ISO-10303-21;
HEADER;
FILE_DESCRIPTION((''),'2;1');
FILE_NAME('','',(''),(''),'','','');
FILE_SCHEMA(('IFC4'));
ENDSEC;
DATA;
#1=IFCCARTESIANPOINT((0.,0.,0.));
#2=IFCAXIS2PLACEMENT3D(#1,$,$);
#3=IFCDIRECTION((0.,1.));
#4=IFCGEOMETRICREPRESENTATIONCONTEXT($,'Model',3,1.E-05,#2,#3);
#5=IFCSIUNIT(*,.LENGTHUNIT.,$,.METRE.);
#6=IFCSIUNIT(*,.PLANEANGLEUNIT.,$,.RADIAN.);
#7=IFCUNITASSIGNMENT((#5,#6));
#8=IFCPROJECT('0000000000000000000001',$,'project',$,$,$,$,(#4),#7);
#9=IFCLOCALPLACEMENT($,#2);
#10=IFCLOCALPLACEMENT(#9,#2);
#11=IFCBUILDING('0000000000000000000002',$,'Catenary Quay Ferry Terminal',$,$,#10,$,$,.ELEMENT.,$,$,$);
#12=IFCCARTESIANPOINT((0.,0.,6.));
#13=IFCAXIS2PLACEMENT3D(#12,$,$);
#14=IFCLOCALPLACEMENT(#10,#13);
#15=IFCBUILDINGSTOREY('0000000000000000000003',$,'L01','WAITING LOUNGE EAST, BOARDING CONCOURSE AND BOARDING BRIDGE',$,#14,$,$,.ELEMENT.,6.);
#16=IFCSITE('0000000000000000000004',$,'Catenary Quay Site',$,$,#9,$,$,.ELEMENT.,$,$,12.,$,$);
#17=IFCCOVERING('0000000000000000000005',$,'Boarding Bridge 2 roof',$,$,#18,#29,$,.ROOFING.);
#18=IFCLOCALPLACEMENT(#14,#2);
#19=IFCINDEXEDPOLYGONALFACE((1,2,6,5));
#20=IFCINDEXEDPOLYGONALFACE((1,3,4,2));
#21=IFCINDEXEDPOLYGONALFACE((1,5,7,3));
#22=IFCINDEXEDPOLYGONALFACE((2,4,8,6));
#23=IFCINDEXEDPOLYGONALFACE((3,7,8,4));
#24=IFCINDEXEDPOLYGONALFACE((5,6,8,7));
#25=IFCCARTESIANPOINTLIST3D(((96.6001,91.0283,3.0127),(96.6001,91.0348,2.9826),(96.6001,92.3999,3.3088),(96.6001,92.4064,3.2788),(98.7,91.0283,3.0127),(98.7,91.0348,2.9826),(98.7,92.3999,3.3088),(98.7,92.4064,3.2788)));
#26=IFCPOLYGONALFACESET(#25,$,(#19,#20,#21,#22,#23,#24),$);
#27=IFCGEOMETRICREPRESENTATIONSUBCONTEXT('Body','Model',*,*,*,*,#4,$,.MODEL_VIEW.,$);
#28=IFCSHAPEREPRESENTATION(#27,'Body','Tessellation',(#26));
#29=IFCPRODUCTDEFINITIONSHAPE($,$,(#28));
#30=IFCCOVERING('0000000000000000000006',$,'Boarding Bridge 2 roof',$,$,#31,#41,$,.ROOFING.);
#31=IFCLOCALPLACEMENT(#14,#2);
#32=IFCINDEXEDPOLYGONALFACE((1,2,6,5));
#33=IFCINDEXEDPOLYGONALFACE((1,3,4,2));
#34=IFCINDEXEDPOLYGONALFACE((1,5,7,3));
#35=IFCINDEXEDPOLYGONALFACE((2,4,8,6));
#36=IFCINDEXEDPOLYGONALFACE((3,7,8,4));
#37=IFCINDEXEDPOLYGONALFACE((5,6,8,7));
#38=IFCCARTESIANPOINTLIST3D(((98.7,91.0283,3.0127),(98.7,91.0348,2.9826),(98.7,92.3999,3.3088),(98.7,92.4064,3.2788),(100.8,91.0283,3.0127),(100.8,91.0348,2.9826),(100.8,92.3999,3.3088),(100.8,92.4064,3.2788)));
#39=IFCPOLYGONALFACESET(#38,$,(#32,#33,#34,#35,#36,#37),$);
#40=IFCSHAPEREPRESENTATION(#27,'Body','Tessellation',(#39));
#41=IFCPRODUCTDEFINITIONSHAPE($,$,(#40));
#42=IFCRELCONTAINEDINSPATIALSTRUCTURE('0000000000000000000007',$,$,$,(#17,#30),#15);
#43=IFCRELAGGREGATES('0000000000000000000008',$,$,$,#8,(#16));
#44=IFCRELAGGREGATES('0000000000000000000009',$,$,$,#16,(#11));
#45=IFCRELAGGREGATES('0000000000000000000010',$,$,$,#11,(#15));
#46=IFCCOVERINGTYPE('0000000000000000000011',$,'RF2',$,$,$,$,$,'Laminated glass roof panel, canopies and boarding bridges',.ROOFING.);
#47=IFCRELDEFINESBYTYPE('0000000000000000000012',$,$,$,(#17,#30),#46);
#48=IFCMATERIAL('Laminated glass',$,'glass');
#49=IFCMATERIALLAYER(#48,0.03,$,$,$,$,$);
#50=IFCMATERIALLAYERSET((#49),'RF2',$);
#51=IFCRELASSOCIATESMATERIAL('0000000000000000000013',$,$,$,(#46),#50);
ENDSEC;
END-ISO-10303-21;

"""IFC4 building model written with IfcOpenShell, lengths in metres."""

from ifc_helpers import new_model, si_unit, direction, frame, origin, place, context, subcontext, project, spatial, polyline, outline, extrude, material, layer, layer_set, type_object, element, save


model = new_model("IFC4")

# Units and contexts
model_context = context("Model", 3, precision=1e-05, world=origin(), true_north=direction((0.0, 1.0)))
body_context = subcontext(model_context, "Body", "Model", "MODEL_VIEW")
ifc_project = project(units=[si_unit("LENGTHUNIT", "METRE"), si_unit("PLANEANGLEUNIT", "RADIAN")], contexts=[model_context])

# Site, building, storey
site_placement = place(None, origin())
site = spatial("IfcSite", under=ifc_project, at=site_placement, Name="Catenary Quay Site", CompositionType="ELEMENT", RefElevation=12.0)
building_placement = place(site_placement, origin())
building = spatial("IfcBuilding", under=site, at=building_placement, Name="Catenary Quay Ferry Terminal", CompositionType="ELEMENT")
storey_placement = place(building_placement, frame((0.0, 0.0, 6.0)))
storey = spatial("IfcBuildingStorey", under=building, at=storey_placement, Name="L01", Description="WAITING LOUNGE EAST, BOARDING CONCOURSE AND BOARDING BRIDGE", CompositionType="ELEMENT", Elevation=6.0)

# Coverings
ifc_material_1 = material(Name="Laminated glass", Category="glass")
ifc_layer_1 = layer(ifc_material_1, 0.03)
ifc_layer_set_1 = layer_set([ifc_layer_1], Name="RF2")
covering_type = type_object("IfcCoveringType", Name="RF2", ElementType="Laminated glass roof panel, canopies and boarding bridges", PredefinedType="ROOFING", material=ifc_layer_set_1)
covering_1_placement = place(storey_placement, frame((96.6001, 91.0283, 3.0127), z_axis=(0.0, -0.21105, 0.977475), x_axis=(1.0, 0.0, 0.0)))
element("IfcCovering", 1, at=covering_1_placement, inside=storey, type_object=covering_type, Name="Boarding Bridge 2 roof", PredefinedType="ROOFING", context=body_context, shape_type="SweptSolid", body=[
    extrude(outline(polyline([(0.0, 0.0), (2.0999, 0.0), (2.0999, 1.4032), (0.0, 1.4032), (0.0, 0.0)])), origin(), (0.0, 0.0, -1.0), 0.0308),
])
covering_2_placement = place(storey_placement, frame((98.7, 91.0283, 3.0127), z_axis=(0.0, -0.21105, 0.977475), x_axis=(1.0, 0.0, 0.0)))
element("IfcCovering", 2, at=covering_2_placement, inside=storey, type_object=covering_type, Name="Boarding Bridge 2 roof", PredefinedType="ROOFING", context=body_context, shape_type="SweptSolid", body=[
    extrude(outline(polyline([(0.0, 0.0), (2.1001, 0.0), (2.1001, 1.4032), (0.0, 1.4032), (0.0, 0.0)])), origin(), (0.0, 0.0, -1.0), 0.0308),
])

save(model, "model.ifc")
